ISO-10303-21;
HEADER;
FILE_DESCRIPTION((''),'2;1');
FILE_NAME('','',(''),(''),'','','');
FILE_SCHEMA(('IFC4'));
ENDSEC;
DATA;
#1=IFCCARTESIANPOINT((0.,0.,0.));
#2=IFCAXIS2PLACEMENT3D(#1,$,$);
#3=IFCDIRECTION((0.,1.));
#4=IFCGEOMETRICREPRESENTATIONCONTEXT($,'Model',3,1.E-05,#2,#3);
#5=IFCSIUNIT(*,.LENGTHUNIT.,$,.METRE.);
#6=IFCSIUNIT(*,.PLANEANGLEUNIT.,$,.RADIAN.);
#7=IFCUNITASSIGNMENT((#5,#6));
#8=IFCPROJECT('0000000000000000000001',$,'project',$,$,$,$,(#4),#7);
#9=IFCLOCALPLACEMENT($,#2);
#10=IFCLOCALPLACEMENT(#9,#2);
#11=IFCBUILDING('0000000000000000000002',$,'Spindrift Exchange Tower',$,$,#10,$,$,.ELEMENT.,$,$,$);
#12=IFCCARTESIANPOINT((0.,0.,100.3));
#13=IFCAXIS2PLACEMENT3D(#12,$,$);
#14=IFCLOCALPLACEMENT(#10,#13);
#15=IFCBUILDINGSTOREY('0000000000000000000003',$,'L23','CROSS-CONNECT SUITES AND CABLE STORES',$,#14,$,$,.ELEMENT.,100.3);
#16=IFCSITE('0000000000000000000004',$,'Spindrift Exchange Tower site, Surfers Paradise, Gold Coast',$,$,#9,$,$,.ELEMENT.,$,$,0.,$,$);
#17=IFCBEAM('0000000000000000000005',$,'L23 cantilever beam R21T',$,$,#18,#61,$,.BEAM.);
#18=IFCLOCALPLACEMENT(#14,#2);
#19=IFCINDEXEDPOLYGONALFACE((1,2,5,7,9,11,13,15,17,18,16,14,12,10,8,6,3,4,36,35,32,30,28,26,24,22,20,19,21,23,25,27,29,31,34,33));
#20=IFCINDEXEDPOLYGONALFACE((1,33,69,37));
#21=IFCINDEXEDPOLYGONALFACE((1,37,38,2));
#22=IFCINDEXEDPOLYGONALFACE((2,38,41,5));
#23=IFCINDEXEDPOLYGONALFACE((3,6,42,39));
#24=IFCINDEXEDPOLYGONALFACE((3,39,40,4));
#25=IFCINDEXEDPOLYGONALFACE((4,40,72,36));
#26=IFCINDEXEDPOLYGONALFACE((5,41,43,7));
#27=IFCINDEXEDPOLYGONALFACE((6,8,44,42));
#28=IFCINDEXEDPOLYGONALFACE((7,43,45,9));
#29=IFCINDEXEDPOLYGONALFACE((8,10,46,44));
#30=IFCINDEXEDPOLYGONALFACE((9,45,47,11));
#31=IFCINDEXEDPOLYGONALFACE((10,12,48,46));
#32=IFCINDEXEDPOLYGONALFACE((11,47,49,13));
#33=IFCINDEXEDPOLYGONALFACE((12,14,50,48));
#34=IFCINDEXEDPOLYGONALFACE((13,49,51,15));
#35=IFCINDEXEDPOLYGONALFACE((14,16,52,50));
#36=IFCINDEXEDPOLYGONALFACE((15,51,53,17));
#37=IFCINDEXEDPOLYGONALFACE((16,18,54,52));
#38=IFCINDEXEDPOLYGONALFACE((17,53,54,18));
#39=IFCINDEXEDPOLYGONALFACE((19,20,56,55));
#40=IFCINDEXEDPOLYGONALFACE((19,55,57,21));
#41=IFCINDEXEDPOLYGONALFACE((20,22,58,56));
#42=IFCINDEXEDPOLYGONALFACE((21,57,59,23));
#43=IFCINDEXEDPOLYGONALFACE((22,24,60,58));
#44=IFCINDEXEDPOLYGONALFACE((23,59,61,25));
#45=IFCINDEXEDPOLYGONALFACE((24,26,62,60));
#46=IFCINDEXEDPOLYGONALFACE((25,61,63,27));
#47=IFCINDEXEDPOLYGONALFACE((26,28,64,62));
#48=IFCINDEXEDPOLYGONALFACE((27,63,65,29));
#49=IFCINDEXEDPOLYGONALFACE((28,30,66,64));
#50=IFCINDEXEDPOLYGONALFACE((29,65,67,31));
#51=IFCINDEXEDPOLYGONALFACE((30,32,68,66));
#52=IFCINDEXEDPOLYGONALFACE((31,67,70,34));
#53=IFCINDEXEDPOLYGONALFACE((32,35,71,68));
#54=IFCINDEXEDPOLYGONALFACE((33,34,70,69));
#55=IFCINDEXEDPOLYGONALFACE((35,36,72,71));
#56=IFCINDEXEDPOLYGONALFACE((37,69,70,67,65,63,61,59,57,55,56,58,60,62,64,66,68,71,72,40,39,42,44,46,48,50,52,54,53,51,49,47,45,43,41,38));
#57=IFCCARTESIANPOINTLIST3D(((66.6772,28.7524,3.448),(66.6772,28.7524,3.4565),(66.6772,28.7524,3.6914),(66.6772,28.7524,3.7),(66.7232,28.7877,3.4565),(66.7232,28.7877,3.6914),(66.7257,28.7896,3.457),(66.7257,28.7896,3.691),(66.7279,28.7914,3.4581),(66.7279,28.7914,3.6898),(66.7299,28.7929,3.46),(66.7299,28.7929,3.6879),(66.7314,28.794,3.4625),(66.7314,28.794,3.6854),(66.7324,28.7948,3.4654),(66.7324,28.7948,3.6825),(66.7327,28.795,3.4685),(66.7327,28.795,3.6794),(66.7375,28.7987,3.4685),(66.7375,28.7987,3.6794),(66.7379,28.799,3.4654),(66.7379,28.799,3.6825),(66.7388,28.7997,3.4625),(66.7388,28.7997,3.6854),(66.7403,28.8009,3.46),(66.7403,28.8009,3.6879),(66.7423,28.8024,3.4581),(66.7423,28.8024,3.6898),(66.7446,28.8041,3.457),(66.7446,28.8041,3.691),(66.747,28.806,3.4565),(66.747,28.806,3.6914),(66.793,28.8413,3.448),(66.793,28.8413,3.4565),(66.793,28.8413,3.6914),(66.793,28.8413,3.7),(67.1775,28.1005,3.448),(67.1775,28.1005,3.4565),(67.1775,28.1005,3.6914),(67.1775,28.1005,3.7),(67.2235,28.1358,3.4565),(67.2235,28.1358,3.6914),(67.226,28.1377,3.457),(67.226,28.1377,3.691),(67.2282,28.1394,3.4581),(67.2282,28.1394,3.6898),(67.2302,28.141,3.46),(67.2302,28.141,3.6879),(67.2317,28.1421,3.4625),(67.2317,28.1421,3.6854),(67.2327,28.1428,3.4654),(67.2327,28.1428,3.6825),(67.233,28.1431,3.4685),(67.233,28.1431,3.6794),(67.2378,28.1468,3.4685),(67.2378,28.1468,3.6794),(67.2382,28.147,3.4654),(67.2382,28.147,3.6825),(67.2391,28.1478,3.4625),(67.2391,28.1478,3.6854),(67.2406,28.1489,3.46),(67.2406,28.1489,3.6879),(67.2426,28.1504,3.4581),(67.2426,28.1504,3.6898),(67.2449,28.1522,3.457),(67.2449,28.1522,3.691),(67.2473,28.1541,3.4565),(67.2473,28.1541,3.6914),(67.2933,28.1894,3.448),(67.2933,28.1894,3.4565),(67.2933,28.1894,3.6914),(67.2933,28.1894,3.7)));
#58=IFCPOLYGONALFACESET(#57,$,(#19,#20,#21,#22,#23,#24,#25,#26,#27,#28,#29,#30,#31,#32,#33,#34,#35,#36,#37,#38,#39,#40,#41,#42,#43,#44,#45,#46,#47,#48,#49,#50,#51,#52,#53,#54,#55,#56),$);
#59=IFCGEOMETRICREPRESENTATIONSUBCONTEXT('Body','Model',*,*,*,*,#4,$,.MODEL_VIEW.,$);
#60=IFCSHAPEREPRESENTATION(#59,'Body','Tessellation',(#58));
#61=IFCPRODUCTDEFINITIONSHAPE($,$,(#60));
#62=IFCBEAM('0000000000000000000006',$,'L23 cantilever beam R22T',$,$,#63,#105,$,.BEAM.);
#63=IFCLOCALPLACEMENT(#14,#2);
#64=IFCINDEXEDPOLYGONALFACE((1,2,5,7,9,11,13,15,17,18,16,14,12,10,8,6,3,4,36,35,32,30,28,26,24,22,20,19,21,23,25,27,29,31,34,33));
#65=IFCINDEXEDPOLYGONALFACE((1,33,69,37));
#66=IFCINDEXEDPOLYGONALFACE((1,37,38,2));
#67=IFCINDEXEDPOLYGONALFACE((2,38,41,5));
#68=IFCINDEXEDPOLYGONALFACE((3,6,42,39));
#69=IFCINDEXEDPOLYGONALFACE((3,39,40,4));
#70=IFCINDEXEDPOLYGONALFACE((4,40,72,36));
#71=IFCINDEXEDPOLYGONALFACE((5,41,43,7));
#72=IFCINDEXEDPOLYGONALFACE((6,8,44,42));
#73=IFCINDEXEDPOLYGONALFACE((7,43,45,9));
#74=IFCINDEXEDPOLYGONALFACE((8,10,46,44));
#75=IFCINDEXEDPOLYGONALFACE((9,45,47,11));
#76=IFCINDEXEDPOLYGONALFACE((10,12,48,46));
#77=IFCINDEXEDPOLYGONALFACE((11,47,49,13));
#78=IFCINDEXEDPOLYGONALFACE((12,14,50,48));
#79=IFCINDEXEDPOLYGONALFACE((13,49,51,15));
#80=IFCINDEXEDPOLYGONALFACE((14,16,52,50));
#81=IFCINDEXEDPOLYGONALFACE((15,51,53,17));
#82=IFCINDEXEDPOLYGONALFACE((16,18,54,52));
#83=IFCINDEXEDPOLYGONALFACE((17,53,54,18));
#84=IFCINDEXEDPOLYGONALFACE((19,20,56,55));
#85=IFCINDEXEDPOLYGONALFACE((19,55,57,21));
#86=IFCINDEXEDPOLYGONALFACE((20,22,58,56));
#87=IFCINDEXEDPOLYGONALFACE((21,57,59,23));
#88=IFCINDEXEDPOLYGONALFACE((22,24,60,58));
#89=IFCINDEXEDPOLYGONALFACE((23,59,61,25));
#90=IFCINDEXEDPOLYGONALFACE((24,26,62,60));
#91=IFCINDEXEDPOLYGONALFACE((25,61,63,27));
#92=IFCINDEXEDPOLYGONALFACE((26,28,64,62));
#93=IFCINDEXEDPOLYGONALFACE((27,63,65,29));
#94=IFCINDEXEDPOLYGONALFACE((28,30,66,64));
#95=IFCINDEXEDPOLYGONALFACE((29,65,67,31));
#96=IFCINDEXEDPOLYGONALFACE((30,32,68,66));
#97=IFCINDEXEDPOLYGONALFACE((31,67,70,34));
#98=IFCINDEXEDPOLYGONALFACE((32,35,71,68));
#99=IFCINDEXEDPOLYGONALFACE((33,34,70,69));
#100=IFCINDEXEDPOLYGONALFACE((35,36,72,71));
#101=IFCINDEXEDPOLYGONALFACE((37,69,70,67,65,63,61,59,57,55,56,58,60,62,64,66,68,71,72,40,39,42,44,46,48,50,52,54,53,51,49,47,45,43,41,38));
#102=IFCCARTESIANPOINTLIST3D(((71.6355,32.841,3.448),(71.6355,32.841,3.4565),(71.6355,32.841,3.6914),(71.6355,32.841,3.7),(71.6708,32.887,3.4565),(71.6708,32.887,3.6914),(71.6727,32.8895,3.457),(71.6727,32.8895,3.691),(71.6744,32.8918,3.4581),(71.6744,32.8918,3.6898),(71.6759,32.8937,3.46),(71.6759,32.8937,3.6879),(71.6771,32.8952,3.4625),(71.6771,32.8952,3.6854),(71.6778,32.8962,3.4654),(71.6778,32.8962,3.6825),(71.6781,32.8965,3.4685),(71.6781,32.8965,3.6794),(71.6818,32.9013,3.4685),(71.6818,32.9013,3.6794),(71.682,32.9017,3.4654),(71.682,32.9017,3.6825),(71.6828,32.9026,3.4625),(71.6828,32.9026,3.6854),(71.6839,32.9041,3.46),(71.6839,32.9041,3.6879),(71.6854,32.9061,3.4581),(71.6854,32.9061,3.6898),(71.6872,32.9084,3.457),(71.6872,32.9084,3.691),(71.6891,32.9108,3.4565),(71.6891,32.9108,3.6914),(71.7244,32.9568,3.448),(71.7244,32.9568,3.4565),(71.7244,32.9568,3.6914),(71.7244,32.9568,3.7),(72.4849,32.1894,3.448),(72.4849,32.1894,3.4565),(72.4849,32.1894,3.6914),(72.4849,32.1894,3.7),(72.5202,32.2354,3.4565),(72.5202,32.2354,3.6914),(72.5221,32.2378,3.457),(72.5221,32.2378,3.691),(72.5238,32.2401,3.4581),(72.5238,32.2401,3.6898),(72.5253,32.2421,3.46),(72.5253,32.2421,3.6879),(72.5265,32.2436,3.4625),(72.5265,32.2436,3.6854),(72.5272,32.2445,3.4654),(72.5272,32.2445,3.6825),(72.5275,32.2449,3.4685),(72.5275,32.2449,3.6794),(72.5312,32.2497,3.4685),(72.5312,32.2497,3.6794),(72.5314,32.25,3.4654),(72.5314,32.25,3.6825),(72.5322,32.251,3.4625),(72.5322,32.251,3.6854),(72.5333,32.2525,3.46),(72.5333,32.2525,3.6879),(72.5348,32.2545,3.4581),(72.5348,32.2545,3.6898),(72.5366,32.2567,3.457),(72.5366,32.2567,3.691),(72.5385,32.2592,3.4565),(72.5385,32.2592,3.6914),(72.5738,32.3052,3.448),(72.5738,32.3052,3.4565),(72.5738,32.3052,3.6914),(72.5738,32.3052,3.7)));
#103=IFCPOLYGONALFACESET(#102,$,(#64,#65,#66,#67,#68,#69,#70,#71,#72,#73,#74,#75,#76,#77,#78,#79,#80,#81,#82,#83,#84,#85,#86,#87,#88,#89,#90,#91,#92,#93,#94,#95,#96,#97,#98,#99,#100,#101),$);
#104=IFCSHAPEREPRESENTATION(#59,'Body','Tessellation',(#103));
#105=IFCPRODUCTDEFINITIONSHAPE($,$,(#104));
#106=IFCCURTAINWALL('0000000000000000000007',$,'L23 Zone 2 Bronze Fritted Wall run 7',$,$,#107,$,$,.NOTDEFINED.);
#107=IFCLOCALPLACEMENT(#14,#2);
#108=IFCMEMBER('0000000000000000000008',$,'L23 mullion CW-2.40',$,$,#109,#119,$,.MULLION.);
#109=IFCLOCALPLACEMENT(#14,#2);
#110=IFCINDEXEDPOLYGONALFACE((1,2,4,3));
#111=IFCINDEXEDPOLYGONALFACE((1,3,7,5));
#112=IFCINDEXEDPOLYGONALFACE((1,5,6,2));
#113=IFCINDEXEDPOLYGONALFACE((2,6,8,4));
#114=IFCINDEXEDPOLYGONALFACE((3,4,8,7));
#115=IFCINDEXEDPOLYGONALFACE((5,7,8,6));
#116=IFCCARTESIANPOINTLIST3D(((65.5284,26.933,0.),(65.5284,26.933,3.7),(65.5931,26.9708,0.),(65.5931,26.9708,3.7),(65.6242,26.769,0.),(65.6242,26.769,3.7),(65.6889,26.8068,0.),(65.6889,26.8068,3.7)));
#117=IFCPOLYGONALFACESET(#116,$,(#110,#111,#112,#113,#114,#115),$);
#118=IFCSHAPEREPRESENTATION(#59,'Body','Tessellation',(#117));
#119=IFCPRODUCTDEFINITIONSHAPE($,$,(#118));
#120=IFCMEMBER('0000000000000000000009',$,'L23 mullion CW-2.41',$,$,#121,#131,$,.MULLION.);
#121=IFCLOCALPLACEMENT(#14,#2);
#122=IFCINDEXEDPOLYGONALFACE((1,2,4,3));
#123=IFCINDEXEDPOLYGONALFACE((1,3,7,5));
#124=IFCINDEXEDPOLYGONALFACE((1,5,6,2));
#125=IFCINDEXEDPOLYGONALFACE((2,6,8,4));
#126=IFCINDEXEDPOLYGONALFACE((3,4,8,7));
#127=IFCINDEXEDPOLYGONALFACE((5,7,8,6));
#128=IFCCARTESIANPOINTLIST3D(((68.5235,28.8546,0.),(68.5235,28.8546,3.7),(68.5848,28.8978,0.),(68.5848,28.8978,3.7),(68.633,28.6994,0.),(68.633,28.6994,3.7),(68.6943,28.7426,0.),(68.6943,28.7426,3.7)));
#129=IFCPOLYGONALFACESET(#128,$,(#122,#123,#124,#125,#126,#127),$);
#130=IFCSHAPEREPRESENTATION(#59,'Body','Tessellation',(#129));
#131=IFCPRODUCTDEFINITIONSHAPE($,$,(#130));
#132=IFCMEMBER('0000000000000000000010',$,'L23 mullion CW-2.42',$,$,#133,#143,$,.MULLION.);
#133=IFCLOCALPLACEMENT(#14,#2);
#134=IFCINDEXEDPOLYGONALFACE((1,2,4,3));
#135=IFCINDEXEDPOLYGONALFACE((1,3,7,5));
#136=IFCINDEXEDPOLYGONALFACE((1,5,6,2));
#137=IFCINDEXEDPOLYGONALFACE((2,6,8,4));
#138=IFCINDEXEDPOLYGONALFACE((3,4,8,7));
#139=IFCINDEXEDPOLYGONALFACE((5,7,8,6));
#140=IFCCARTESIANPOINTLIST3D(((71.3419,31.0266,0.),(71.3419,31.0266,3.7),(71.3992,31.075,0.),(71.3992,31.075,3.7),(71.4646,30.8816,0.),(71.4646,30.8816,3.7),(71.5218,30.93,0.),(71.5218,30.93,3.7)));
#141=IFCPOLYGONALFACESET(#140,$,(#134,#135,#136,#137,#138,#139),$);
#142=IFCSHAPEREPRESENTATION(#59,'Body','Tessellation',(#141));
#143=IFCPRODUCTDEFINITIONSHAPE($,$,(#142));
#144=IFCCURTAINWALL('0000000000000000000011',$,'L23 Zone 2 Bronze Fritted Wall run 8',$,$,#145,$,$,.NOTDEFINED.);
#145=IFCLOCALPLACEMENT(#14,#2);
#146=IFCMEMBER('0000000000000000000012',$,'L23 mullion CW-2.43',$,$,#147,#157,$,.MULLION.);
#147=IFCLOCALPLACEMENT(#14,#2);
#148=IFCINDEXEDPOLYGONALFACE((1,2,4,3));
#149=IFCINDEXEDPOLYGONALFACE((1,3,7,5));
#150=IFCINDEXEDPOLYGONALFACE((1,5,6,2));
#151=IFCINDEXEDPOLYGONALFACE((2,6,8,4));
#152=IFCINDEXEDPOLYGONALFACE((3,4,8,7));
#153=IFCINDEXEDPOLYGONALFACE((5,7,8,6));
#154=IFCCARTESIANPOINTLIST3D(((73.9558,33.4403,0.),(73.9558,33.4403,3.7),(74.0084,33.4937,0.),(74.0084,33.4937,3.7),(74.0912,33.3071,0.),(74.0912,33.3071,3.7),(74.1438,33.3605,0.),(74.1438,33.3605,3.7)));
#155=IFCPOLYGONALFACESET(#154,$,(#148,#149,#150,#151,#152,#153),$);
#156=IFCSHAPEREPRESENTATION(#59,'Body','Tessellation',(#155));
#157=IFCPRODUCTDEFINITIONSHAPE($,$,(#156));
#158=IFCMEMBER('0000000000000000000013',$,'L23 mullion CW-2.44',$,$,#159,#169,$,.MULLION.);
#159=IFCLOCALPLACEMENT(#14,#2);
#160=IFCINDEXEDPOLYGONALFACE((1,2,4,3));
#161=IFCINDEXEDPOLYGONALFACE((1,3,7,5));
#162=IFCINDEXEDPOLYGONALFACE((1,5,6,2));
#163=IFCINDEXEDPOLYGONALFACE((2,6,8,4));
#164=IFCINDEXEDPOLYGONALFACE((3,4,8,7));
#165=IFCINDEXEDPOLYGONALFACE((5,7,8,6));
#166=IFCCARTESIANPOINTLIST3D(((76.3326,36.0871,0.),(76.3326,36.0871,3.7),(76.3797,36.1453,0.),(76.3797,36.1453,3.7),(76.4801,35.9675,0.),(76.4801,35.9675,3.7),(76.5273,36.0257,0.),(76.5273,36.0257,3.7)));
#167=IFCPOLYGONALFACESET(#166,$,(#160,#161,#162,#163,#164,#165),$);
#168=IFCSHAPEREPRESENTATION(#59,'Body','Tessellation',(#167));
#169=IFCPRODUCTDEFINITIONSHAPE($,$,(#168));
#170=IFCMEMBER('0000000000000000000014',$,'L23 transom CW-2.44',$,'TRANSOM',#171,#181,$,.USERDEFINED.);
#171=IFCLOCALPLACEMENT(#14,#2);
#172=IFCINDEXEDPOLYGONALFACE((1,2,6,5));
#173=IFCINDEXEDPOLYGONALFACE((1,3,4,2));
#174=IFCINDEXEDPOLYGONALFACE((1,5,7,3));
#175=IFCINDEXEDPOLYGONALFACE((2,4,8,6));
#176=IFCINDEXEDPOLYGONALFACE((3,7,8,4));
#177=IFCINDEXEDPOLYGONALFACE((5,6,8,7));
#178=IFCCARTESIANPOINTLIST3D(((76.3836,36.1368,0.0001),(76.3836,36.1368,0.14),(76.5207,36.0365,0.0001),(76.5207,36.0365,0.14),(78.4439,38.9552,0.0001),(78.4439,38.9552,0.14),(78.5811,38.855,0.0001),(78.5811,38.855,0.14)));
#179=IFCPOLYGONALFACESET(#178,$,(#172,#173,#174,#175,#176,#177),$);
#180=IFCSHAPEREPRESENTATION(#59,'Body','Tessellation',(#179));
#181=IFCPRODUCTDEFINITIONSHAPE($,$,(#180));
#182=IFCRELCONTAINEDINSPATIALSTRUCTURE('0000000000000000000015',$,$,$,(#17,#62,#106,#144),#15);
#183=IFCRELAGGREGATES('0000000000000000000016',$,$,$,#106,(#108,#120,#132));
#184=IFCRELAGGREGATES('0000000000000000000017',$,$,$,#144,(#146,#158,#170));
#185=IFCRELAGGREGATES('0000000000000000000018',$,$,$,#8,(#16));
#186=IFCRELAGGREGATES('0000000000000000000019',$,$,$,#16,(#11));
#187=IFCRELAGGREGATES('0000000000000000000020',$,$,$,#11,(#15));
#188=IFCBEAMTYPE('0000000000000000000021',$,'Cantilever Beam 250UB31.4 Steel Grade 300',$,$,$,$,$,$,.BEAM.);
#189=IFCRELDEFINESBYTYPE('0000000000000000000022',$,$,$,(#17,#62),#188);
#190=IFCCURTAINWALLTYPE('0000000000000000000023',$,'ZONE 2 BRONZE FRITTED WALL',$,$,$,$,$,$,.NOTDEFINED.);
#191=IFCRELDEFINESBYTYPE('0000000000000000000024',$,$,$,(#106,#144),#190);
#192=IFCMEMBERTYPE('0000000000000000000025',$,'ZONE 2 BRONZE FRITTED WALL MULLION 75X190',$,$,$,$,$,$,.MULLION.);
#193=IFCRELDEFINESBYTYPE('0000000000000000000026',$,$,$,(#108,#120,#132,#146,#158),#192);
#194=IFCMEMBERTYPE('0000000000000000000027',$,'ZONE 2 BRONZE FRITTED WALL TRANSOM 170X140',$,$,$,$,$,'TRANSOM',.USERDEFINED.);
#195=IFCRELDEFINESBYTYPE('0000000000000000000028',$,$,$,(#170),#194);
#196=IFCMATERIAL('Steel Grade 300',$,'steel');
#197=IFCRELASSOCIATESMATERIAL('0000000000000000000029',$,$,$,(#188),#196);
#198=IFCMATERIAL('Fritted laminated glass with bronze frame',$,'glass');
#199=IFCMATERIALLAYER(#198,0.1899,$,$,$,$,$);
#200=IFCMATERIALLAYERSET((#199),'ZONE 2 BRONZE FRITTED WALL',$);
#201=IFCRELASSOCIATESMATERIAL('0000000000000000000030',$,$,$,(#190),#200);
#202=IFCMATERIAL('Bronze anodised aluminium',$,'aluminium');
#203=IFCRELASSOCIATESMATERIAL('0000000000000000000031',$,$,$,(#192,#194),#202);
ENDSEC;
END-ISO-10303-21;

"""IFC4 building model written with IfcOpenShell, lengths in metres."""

from ifc_helpers import new_model, si_unit, direction, frame, origin, origin_2d, place, context, subcontext, project, spatial, rectangle, i_section, extrude, source, transform, mapped, material, layer, layer_set, material_profile, profile_set, type_object, element, aggregate, save


model = new_model("IFC4")

# Units and contexts
model_context = context("Model", 3, precision=1e-05, world=origin(), true_north=direction((0.0, 1.0)))
body_context = subcontext(model_context, "Body", "Model", "MODEL_VIEW")
ifc_project = project(units=[si_unit("LENGTHUNIT", "METRE"), si_unit("PLANEANGLEUNIT", "RADIAN")], contexts=[model_context])

# Site, building, storey
site_placement = place(None, origin())
site = spatial("IfcSite", under=ifc_project, at=site_placement, Name="Spindrift Exchange Tower site, Surfers Paradise, Gold Coast", CompositionType="ELEMENT", RefElevation=0.0)
building_placement = place(site_placement, origin())
building = spatial("IfcBuilding", under=site, at=building_placement, Name="Spindrift Exchange Tower", CompositionType="ELEMENT")
storey_placement = place(building_placement, frame((0.0, 0.0, 100.3)))
storey = spatial("IfcBuildingStorey", under=building, at=storey_placement, Name="L23", Description="CROSS-CONNECT SUITES AND CABLE STORES", CompositionType="ELEMENT", Elevation=100.3)

# Beams
ifc_material_1 = material(Name="Steel Grade 300", Category="steel")
ifc_material_profile_1 = material_profile(ifc_material_1, i_section(OverallWidth=0.146, OverallDepth=0.252, WebThickness=0.0061, FlangeThickness=0.0085, FilletRadius=0.012, at=origin_2d()), Name="250UB31.4")
ifc_profile_set_1 = profile_set([ifc_material_profile_1], Name="Steel Grade 300")
beam_type_1 = type_object("IfcBeamType", Name="Cantilever Beam 250UB31.4 Steel Grade 300", PredefinedType="BEAM", material=ifc_profile_set_1)
shared_shape_1 = source(origin(), body_context, "Body", "SweptSolid", [
    extrude(i_section(OverallWidth=0.146, OverallDepth=0.252, WebThickness=0.0061, FlangeThickness=0.0085, FilletRadius=0.012, at=origin_2d()), origin(), (0.0, 0.0, 1.0), 0.8218),
])
beam_1_placement = place(storey_placement, frame((66.7351, 28.7969, 3.574), z_axis=(0.608806, -0.793319, 0.0), x_axis=(0.793319, 0.608806, 0.0)))
element("IfcBeam", 1, at=beam_1_placement, inside=storey, type_object=beam_type_1, Name="L23 cantilever beam R21T", PredefinedType="BEAM", context=body_context, shape_type="MappedRepresentation", body=[
    mapped(shared_shape_1, transform((0.0, 0.0, 0.0), scale=1.0)),
])
shared_shape_2 = source(origin(), body_context, "Body", "SweptSolid", [
    extrude(i_section(OverallWidth=0.146, OverallDepth=0.252, WebThickness=0.0061, FlangeThickness=0.0085, FilletRadius=0.012, at=origin_2d()), origin(), (0.0, 0.0, 1.0), 1.0706),
])
beam_2_placement = place(storey_placement, frame((71.6799, 32.8989, 3.574), z_axis=(0.793412, -0.608685, 0.0), x_axis=(0.608685, 0.793412, 0.0)))
element("IfcBeam", 2, at=beam_2_placement, inside=storey, type_object=beam_type_1, Name="L23 cantilever beam R22T", PredefinedType="BEAM", context=body_context, shape_type="MappedRepresentation", body=[
    mapped(shared_shape_2, transform((0.0, 0.0, 0.0), scale=1.0)),
])

# Curtain walls, members
ifc_material_2 = material(Name="Fritted laminated glass with bronze frame", Category="glass")
ifc_layer_1 = layer(ifc_material_2, 0.1899)
ifc_layer_set_1 = layer_set([ifc_layer_1], Name="ZONE 2 BRONZE FRITTED WALL")
curtain_wall_type = type_object("IfcCurtainWallType", Name="ZONE 2 BRONZE FRITTED WALL", PredefinedType="NOTDEFINED", material=ifc_layer_set_1)
curtain_wall_1_placement = place(storey_placement, origin())
curtain_wall_1 = element("IfcCurtainWall", 3, at=curtain_wall_1_placement, inside=storey, type_object=curtain_wall_type, Name="L23 Zone 2 Bronze Fritted Wall run 7", PredefinedType="NOTDEFINED")
ifc_material_3 = material(Name="Bronze anodised aluminium", Category="aluminium")
ifc_material_profile_2 = material_profile(ifc_material_3, rectangle(XDim=0.075, YDim=0.1899, at=origin_2d()), Name="ZONE 2 BRONZE FRITTED WALL MULLION 75X190")
ifc_profile_set_2 = profile_set([ifc_material_profile_2], Name="Bronze anodised aluminium")
member_type_1 = type_object("IfcMemberType", Name="ZONE 2 BRONZE FRITTED WALL MULLION 75X190", PredefinedType="MULLION", material=ifc_profile_set_2)
shared_shape_3 = source(origin(), body_context, "Body", "SweptSolid", [
    extrude(rectangle(XDim=0.075, YDim=0.1899, at=origin_2d()), origin(), (0.0, 0.0, 1.0), 3.7),
])
member_1_placement = place(storey_placement, frame((65.6086, 26.8699, 0.0), z_axis=(0.0, 0.0, 1.0), x_axis=(0.863326, 0.504646, 0.0)))
member_1 = element("IfcMember", 4, at=member_1_placement, type_object=member_type_1, Name="L23 mullion CW-2.40", PredefinedType="MULLION", context=body_context, shape_type="MappedRepresentation", body=[
    mapped(shared_shape_3, transform((0.0, 0.0, 0.0), scale=1.0)),
])
member_2_placement = place(storey_placement, frame((68.6089, 28.7986, 0.0), z_axis=(0.0, 0.0, 1.0), x_axis=(0.817122, 0.576465, 0.0)))
member_2 = element("IfcMember", 5, at=member_2_placement, type_object=member_type_1, Name="L23 mullion CW-2.41", PredefinedType="MULLION", context=body_context, shape_type="MappedRepresentation", body=[
    mapped(shared_shape_3, transform((0.0, 0.0, 0.0), scale=1.0)),
])
member_3_placement = place(storey_placement, frame((71.4319, 30.9783, 0.0), z_axis=(0.0, 0.0, 1.0), x_axis=(0.76352, 0.645784, 0.0)))
member_3 = element("IfcMember", 6, at=member_3_placement, type_object=member_type_1, Name="L23 mullion CW-2.42", PredefinedType="MULLION", context=body_context, shape_type="MappedRepresentation", body=[
    mapped(shared_shape_3, transform((0.0, 0.0, 0.0), scale=1.0)),
])
curtain_wall_2_placement = place(storey_placement, origin())
curtain_wall_2 = element("IfcCurtainWall", 7, at=curtain_wall_2_placement, inside=storey, type_object=curtain_wall_type, Name="L23 Zone 2 Bronze Fritted Wall run 8", PredefinedType="NOTDEFINED")
member_4_placement = place(storey_placement, frame((74.0498, 33.4004, 0.0), z_axis=(0.0, 0.0, 1.0), x_axis=(0.701463, 0.712706, 0.0)))
member_4 = element("IfcMember", 8, at=member_4_placement, type_object=member_type_1, Name="L23 mullion CW-2.43", PredefinedType="MULLION", context=body_context, shape_type="MappedRepresentation", body=[
    mapped(shared_shape_3, transform((0.0, 0.0, 0.0), scale=1.0)),
])
member_5_placement = place(storey_placement, frame((76.4299, 36.0564, 0.0), z_axis=(0.0, 0.0, 1.0), x_axis=(0.629557, 0.776954, 0.0)))
member_5 = element("IfcMember", 9, at=member_5_placement, type_object=member_type_1, Name="L23 mullion CW-2.44", PredefinedType="MULLION", context=body_context, shape_type="MappedRepresentation", body=[
    mapped(shared_shape_3, transform((0.0, 0.0, 0.0), scale=1.0)),
])
ifc_material_profile_3 = material_profile(ifc_material_3, rectangle(XDim=0.1699, YDim=0.1399, at=origin_2d()), Name="ZONE 2 BRONZE FRITTED WALL TRANSOM 170X140")
ifc_profile_set_3 = profile_set([ifc_material_profile_3], Name="Bronze anodised aluminium")
member_type_2 = type_object("IfcMemberType", Name="ZONE 2 BRONZE FRITTED WALL TRANSOM 170X140", ElementType="TRANSOM", PredefinedType="USERDEFINED", material=ifc_profile_set_3)
shared_shape_4 = source(origin(), body_context, "Body", "SweptSolid", [
    extrude(rectangle(XDim=0.1699, YDim=0.1399, at=origin_2d()), origin(), (0.0, 0.0, 1.0), 3.4912),
])
member_6_placement = place(storey_placement, frame((76.4521, 36.0867, 0.0701), z_axis=(0.590153, 0.807291, 0.0), x_axis=(-0.807291, 0.590153, 0.0)))
member_6 = element("IfcMember", 10, at=member_6_placement, type_object=member_type_2, Name="L23 transom CW-2.44", ObjectType="TRANSOM", PredefinedType="USERDEFINED", context=body_context, shape_type="MappedRepresentation", body=[
    mapped(shared_shape_4, transform((0.0, 0.0, 0.0), scale=1.0)),
])

aggregate(curtain_wall_1, [member_1, member_2, member_3])
aggregate(curtain_wall_2, [member_4, member_5, member_6])

save(model, "model.ifc")
